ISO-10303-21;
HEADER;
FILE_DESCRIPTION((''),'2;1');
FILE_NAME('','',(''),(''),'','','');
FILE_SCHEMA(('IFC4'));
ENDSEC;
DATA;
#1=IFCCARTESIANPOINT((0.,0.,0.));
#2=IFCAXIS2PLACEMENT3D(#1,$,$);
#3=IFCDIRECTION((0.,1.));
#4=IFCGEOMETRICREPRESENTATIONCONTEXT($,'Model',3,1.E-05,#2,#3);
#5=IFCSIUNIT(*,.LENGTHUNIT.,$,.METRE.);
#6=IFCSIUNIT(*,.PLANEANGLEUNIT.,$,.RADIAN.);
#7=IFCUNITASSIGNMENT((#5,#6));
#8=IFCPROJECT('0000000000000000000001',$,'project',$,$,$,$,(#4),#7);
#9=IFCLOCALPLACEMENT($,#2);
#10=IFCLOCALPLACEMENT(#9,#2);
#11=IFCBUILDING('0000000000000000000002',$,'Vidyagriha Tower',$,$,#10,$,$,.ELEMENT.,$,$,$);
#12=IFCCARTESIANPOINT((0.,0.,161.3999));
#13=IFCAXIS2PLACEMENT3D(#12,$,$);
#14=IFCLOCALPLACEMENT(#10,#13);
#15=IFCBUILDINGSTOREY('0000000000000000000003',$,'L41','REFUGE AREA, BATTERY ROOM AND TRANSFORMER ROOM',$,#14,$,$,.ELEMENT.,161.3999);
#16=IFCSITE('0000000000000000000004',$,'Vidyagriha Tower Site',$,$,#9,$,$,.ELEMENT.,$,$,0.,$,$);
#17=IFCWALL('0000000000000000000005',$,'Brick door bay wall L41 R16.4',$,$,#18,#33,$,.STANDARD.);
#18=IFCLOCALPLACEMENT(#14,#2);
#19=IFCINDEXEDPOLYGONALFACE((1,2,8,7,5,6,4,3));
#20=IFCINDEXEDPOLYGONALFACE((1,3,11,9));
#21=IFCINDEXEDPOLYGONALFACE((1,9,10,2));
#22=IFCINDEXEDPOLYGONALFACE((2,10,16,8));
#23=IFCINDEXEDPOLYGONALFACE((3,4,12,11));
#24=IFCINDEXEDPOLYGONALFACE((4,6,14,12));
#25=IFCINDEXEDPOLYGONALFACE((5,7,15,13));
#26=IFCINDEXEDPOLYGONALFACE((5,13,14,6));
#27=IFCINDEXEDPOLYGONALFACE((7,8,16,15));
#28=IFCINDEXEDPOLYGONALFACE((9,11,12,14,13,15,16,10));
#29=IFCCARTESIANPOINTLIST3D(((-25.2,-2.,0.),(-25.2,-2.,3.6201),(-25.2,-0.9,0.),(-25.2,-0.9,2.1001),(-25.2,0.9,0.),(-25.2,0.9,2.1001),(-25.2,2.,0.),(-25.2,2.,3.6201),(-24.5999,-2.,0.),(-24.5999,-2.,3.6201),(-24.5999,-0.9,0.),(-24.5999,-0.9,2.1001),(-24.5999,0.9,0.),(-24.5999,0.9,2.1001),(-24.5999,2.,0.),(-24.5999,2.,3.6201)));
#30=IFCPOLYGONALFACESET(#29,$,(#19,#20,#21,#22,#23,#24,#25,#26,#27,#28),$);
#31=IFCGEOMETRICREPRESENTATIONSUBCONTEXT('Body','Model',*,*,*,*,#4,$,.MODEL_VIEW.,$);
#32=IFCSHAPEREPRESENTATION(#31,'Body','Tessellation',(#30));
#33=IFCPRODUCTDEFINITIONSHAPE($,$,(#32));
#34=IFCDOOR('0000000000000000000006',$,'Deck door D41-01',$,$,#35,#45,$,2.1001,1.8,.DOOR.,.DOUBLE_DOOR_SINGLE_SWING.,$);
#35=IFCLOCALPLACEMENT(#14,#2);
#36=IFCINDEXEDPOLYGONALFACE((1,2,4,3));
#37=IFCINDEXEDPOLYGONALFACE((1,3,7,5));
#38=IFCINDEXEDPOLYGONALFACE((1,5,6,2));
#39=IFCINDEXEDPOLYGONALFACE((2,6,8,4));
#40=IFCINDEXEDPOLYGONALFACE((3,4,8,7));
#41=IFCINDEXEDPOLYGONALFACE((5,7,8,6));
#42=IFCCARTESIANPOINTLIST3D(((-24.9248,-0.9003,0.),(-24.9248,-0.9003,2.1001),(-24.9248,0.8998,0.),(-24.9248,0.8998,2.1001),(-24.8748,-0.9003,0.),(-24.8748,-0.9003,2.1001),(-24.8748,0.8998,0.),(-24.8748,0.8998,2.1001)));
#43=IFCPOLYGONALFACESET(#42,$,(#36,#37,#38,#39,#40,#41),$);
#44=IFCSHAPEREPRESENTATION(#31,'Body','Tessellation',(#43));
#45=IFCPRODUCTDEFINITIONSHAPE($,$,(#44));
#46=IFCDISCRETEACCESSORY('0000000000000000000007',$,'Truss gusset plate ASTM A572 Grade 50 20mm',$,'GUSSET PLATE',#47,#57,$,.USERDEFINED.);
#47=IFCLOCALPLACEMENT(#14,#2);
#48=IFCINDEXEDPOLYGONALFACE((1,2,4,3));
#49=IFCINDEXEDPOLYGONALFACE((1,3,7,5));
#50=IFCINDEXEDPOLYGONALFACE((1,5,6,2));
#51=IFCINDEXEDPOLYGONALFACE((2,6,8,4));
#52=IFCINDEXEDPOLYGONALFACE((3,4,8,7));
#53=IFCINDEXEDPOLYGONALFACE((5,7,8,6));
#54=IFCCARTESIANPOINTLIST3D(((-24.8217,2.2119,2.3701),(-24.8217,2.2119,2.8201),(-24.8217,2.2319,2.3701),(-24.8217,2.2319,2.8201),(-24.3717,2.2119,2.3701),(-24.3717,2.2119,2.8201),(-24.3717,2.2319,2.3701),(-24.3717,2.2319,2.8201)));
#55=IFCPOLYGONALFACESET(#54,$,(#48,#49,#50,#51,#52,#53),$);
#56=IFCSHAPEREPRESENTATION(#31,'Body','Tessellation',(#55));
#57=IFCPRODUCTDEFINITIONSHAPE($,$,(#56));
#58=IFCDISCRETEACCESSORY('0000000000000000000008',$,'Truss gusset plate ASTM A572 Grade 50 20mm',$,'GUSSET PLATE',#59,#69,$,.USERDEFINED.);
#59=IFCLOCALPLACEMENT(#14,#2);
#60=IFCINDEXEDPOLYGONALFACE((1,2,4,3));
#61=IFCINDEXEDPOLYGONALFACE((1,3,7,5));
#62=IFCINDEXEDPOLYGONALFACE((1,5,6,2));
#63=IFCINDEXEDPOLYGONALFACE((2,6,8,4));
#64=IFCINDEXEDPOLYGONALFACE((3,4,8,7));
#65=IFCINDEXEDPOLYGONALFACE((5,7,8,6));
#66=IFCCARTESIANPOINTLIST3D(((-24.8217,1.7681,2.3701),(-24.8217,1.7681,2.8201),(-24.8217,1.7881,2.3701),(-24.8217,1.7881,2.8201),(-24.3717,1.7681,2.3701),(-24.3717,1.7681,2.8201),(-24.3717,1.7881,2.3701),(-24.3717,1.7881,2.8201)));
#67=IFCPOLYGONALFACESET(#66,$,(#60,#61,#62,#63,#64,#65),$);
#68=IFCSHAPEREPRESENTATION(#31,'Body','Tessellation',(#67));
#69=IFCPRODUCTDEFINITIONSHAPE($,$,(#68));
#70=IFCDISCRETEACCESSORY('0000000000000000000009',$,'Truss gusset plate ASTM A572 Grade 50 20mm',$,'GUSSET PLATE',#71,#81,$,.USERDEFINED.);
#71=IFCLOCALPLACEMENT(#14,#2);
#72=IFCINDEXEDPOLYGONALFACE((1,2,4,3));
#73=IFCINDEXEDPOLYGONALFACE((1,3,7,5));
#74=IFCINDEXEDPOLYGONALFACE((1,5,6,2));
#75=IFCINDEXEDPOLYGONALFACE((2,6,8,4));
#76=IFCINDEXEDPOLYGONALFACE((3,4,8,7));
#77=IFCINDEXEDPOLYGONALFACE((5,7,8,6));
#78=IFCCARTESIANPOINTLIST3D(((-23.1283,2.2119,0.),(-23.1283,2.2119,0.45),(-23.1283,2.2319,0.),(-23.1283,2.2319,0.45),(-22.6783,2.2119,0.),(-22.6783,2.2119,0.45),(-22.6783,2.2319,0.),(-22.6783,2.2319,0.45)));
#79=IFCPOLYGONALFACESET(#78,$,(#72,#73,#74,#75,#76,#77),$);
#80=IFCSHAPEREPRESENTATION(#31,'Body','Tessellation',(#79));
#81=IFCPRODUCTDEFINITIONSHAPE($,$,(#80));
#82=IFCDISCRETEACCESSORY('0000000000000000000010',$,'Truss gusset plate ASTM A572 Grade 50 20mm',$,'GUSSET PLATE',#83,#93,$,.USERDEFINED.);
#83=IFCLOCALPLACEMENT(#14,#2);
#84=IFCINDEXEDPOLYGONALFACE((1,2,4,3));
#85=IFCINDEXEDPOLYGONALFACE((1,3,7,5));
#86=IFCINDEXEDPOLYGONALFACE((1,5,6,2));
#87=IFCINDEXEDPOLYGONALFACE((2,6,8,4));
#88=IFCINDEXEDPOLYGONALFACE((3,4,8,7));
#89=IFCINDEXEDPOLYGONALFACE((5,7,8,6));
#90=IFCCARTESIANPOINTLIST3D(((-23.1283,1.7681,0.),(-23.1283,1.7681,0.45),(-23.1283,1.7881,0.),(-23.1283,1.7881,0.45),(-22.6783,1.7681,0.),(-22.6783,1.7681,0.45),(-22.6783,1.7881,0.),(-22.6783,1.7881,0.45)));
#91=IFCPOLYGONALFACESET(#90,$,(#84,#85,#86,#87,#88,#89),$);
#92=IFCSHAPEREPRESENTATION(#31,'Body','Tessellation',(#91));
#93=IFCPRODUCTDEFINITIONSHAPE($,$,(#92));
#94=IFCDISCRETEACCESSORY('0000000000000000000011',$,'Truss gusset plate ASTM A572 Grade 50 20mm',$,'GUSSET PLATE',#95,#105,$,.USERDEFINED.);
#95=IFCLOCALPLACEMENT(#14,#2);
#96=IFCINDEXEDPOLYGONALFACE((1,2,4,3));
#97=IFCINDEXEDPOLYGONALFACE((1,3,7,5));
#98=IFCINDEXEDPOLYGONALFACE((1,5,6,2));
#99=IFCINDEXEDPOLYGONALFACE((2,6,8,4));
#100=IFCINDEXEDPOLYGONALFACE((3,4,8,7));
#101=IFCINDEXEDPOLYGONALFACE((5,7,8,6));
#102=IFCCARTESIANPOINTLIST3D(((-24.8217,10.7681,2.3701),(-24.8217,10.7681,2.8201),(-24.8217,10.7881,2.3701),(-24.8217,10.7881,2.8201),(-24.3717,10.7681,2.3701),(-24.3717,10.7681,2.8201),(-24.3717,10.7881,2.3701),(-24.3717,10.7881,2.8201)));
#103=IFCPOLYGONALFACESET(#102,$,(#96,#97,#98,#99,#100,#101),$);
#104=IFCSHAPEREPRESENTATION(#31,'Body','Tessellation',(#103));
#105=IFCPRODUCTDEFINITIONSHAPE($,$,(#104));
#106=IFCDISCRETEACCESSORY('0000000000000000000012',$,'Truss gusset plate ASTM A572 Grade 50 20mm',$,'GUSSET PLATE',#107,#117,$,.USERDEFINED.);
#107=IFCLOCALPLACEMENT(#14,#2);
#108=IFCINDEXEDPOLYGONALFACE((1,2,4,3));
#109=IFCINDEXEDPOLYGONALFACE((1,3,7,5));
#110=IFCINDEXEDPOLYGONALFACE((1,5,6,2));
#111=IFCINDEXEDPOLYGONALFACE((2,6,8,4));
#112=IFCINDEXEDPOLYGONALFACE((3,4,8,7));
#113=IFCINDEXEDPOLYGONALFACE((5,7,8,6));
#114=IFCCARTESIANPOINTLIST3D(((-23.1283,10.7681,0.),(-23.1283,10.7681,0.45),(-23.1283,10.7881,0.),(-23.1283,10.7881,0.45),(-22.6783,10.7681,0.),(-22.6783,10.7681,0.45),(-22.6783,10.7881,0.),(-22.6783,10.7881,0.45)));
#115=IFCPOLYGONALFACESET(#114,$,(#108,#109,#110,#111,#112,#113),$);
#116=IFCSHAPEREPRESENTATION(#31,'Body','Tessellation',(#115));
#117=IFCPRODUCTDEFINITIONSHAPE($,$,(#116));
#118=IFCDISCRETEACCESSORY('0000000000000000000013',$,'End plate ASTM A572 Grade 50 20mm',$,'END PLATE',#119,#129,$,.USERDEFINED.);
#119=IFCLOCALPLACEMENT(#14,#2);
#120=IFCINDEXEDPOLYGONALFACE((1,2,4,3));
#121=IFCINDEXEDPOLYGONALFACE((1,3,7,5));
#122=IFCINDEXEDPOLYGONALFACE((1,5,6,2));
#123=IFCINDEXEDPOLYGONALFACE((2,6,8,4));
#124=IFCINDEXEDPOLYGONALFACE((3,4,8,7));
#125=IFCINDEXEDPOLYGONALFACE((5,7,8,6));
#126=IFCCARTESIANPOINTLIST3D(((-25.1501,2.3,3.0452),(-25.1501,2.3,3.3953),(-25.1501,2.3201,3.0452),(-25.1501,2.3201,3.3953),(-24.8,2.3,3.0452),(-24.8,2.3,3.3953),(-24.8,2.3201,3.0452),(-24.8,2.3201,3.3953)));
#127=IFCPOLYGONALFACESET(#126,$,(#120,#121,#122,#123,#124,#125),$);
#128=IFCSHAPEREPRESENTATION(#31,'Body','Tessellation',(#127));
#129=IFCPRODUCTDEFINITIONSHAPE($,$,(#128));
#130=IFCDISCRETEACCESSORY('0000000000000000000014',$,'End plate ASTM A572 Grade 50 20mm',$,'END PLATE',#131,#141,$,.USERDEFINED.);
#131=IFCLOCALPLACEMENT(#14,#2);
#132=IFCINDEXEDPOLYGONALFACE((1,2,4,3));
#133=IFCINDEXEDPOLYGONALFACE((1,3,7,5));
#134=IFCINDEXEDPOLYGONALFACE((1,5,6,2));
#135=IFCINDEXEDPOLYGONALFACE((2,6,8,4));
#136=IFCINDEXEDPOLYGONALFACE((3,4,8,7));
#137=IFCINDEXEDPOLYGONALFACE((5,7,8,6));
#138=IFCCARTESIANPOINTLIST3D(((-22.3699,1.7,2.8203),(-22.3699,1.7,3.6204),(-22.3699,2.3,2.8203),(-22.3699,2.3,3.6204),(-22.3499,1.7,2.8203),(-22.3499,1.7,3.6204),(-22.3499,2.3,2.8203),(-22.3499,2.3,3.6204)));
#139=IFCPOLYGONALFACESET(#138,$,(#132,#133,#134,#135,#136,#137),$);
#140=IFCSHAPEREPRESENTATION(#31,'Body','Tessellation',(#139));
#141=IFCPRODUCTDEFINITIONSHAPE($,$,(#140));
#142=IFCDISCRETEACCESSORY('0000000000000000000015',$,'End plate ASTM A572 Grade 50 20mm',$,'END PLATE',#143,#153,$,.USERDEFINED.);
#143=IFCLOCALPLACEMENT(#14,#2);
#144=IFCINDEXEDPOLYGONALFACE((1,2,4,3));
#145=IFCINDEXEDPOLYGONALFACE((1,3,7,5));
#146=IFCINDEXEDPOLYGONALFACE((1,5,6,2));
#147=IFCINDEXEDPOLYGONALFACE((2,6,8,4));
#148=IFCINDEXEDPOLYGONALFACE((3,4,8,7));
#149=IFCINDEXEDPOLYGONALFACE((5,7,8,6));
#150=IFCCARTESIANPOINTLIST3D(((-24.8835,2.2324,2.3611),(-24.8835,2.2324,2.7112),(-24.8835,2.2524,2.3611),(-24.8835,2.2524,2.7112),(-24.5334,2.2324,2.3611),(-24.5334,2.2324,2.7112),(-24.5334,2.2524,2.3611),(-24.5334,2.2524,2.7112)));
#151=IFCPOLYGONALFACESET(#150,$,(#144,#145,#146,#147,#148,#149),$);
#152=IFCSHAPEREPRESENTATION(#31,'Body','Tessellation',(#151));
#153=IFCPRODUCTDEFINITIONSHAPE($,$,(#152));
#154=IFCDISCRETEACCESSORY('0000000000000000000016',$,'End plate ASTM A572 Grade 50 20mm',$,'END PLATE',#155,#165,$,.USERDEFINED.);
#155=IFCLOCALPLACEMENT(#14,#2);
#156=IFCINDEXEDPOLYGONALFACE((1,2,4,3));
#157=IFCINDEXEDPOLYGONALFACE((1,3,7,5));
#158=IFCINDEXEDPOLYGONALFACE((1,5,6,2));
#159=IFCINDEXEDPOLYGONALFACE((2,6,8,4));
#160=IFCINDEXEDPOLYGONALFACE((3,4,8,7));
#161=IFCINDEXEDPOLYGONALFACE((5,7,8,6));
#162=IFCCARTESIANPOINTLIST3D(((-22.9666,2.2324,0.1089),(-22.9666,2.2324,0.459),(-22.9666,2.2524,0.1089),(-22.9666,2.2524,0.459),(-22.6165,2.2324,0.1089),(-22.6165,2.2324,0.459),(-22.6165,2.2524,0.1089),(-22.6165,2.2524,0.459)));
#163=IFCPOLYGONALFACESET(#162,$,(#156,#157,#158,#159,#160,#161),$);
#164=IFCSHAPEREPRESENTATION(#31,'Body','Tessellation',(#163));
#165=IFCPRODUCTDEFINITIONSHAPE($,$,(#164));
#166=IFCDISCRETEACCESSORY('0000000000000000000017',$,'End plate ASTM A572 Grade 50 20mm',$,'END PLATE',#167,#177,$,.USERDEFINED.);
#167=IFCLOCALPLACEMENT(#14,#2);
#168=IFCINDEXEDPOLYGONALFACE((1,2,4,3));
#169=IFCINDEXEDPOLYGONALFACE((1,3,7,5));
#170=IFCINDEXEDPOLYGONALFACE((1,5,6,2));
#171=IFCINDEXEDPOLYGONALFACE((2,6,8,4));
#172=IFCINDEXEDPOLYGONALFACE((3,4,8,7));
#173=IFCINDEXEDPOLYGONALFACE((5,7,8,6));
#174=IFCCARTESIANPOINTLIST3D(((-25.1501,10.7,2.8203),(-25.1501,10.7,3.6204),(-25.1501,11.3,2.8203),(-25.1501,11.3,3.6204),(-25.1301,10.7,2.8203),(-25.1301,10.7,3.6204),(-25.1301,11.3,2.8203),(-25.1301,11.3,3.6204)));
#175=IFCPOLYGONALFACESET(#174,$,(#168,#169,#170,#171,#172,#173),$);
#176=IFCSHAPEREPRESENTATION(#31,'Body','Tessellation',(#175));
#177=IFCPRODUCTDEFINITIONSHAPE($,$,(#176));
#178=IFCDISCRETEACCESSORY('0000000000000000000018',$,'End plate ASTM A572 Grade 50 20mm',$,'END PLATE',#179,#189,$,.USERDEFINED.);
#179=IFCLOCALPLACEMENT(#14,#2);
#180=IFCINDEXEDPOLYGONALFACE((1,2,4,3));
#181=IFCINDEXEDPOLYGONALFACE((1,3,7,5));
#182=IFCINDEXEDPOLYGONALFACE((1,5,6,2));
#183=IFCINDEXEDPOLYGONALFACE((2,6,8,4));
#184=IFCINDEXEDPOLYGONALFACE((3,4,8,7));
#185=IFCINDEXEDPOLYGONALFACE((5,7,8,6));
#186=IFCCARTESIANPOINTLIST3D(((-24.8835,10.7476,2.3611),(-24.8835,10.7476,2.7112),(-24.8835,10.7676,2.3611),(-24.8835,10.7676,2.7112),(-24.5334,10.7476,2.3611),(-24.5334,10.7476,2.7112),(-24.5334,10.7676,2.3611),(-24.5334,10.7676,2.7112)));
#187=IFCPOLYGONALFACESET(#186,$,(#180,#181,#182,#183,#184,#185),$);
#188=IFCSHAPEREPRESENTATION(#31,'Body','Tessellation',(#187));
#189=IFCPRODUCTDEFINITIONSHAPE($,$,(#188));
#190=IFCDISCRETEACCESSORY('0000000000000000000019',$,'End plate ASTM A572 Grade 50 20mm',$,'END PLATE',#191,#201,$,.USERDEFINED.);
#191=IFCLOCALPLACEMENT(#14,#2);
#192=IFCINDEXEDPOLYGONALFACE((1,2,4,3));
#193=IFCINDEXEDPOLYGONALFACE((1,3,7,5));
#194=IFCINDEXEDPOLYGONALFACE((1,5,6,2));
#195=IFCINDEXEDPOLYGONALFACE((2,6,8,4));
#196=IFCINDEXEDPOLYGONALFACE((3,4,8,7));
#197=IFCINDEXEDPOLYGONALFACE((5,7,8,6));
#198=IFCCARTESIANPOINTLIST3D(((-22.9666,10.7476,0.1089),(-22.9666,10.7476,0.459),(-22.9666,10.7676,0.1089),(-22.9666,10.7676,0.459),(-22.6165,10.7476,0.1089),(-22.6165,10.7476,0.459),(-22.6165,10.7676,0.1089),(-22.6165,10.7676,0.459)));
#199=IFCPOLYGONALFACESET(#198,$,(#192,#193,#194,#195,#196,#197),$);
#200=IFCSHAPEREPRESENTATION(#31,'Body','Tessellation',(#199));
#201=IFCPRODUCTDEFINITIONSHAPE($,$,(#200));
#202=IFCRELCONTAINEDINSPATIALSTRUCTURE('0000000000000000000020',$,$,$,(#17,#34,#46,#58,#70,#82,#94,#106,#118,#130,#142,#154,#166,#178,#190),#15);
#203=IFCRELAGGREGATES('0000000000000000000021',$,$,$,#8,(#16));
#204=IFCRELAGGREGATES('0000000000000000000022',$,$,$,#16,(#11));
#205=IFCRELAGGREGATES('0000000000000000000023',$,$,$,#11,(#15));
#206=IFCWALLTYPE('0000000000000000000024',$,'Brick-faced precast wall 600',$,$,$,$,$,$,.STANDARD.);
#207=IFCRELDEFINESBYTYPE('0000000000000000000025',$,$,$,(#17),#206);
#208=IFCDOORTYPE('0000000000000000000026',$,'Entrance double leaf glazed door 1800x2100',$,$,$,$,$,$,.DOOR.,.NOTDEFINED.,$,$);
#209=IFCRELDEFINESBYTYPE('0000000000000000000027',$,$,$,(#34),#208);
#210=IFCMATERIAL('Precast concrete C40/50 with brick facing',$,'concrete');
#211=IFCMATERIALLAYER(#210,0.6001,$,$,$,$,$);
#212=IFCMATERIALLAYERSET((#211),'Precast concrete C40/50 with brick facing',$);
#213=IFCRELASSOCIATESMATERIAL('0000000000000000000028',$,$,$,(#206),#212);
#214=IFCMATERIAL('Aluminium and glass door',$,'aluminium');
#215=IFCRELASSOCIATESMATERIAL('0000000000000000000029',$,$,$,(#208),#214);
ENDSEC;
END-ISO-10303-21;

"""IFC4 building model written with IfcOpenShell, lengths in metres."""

from ifc_helpers import new_model, si_unit, direction, frame, frame_2d, origin, origin_2d, place, context, subcontext, project, spatial, rectangle, extrude, material, layer, layer_set, type_object, element, fill, save


model = new_model("IFC4")

# Units and contexts
model_context = context("Model", 3, precision=1e-05, world=origin(), true_north=direction((0.0, 1.0)))
body_context = subcontext(model_context, "Body", "Model", "MODEL_VIEW")
ifc_project = project(units=[si_unit("LENGTHUNIT", "METRE"), si_unit("PLANEANGLEUNIT", "RADIAN")], contexts=[model_context])

# Site, building, storey
site_placement = place(None, origin())
site = spatial("IfcSite", under=ifc_project, at=site_placement, Name="Vidyagriha Tower Site", CompositionType="ELEMENT", RefElevation=0.0)
building_placement = place(site_placement, origin())
building = spatial("IfcBuilding", under=site, at=building_placement, Name="Vidyagriha Tower", CompositionType="ELEMENT")
storey_placement = place(building_placement, frame((0.0, 0.0, 161.3999)))
storey = spatial("IfcBuildingStorey", under=building, at=storey_placement, Name="L41", Description="REFUGE AREA, BATTERY ROOM AND TRANSFORMER ROOM", CompositionType="ELEMENT", Elevation=161.3999)

# Wall, opening, door
ifc_material_1 = material(Name="Precast concrete C40/50 with brick facing", Category="concrete")
ifc_layer_1 = layer(ifc_material_1, 0.6001)
ifc_layer_set_1 = layer_set([ifc_layer_1], Name="Precast concrete C40/50 with brick facing")
wall_type = type_object("IfcWallType", Name="Brick-faced precast wall 600", PredefinedType="STANDARD", material=ifc_layer_set_1)
wall_placement = place(storey_placement, frame((-24.8999, 2.0, 0.0), z_axis=(0.0, 0.0, 1.0), x_axis=(0.0, -1.0, 0.0)))
wall = element("IfcWall", 1, at=wall_placement, inside=storey, type_object=wall_type, Name="Brick door bay wall L41 R16.4", PredefinedType="STANDARD", context=body_context, shape_type="SweptSolid", body=[
    extrude(rectangle(XDim=4.0, YDim=0.6001, at=frame_2d((2.0, 0.0))), origin(), (0.0, 0.0, 1.0), 3.6201),
])
opening_placement = place(wall_placement, frame((1.1001, 0.0, 0.0)))
opening = element("IfcOpeningElement", 2, at=opening_placement, cuts=wall, PredefinedType="OPENING", context=body_context, shape_type="SweptSolid", body=[
    extrude(rectangle(XDim=1.8, YDim=2.1001, at=frame_2d((0.8999, 1.05))), frame((0.0, 0.3101, 0.0), z_axis=(0.0, -1.0, 0.0), x_axis=(1.0, 0.0, 0.0)), (0.0, 0.0, 1.0), 0.6201),
])
ifc_material_2 = material(Name="Aluminium and glass door", Category="aluminium")
door_type = type_object("IfcDoorType", Name="Entrance double leaf glazed door 1800x2100", OperationType="NOTDEFINED", PredefinedType="DOOR", material=ifc_material_2)
door_placement = place(opening_placement, frame((1.8, 0.0, 0.0), z_axis=(0.0, 0.0, 1.0), x_axis=(-1.0, 0.0, 0.0)))
door = element("IfcDoor", 3, at=door_placement, inside=storey, type_object=door_type, Name="Deck door D41-01", OperationType="DOUBLE_DOOR_SINGLE_SWING", OverallHeight=2.1001, OverallWidth=1.8, PredefinedType="DOOR", context=body_context, shape_type="SweptSolid", body=[
    extrude(rectangle(XDim=1.8, YDim=2.1001, at=frame_2d((0.8999, 1.05))), frame((0.0, 0.0249, 0.0), z_axis=(0.0, -1.0, 0.0), x_axis=(1.0, 0.0, 0.0)), (0.0, 0.0, 1.0), 0.05),
])
fill(opening, door)

# Discrete accessories
for number, where, name in (
    (4, (-24.5967, 2.2219, 2.3701), "Truss gusset plate ASTM A572 Grade 50 20mm"),
    (5, (-24.5967, 1.7781, 2.3701), "Truss gusset plate ASTM A572 Grade 50 20mm"),
    (6, (-22.9033, 2.2219, 0.0), "Truss gusset plate ASTM A572 Grade 50 20mm"),
    (7, (-22.9033, 1.7781, 0.0), "Truss gusset plate ASTM A572 Grade 50 20mm"),
    (8, (-24.5967, 10.7781, 2.3701), "Truss gusset plate ASTM A572 Grade 50 20mm"),
    (9, (-22.9033, 10.7781, 0.0), "Truss gusset plate ASTM A572 Grade 50 20mm"),
):
    element("IfcDiscreteAccessory", number, at=place(storey_placement, frame(where)), inside=storey, Name=name, ObjectType="GUSSET PLATE", PredefinedType="USERDEFINED", context=body_context, shape_type="SweptSolid", body=[
        extrude(rectangle(XDim=0.45, YDim=0.02, at=origin_2d()), origin(), (0.0, 0.0, 1.0), 0.45),
    ])
discrete_accessory_1_placement = place(storey_placement, frame((-24.9751, 2.3101, 3.0452), z_axis=(0.0, 0.0, 1.0), x_axis=(-1.0, 0.0, 0.0)))
element("IfcDiscreteAccessory", 10, at=discrete_accessory_1_placement, inside=storey, Name="End plate ASTM A572 Grade 50 20mm", ObjectType="END PLATE", PredefinedType="USERDEFINED", context=body_context, shape_type="SweptSolid", body=[
    extrude(rectangle(XDim=0.3501, YDim=0.02, at=origin_2d()), origin(), (0.0, 0.0, 1.0), 0.3501),
])
discrete_accessory_2_placement = place(storey_placement, frame((-22.3599, 2.0, 2.8203)))
element("IfcDiscreteAccessory", 11, at=discrete_accessory_2_placement, inside=storey, Name="End plate ASTM A572 Grade 50 20mm", ObjectType="END PLATE", PredefinedType="USERDEFINED", context=body_context, shape_type="SweptSolid", body=[
    extrude(rectangle(XDim=0.02, YDim=0.6001, at=origin_2d()), origin(), (0.0, 0.0, 1.0), 0.8),
])
discrete_accessory_3_placement = place(storey_placement, frame((-24.7085, 2.2424, 2.3611), z_axis=(0.0, 0.0, 1.0), x_axis=(-1.0, 0.0, 0.0)))
element("IfcDiscreteAccessory", 12, at=discrete_accessory_3_placement, inside=storey, Name="End plate ASTM A572 Grade 50 20mm", ObjectType="END PLATE", PredefinedType="USERDEFINED", context=body_context, shape_type="SweptSolid", body=[
    extrude(rectangle(XDim=0.3501, YDim=0.02, at=origin_2d()), origin(), (0.0, 0.0, 1.0), 0.3501),
])
discrete_accessory_4_placement = place(storey_placement, frame((-22.7915, 2.2424, 0.1089)))
element("IfcDiscreteAccessory", 13, at=discrete_accessory_4_placement, inside=storey, Name="End plate ASTM A572 Grade 50 20mm", ObjectType="END PLATE", PredefinedType="USERDEFINED", context=body_context, shape_type="SweptSolid", body=[
    extrude(rectangle(XDim=0.3501, YDim=0.02, at=origin_2d()), origin(), (0.0, 0.0, 1.0), 0.3501),
])
discrete_accessory_5_placement = place(storey_placement, frame((-25.1401, 11.0, 2.8203), z_axis=(0.0, 0.0, 1.0), x_axis=(-1.0, 0.0, 0.0)))
element("IfcDiscreteAccessory", 14, at=discrete_accessory_5_placement, inside=storey, Name="End plate ASTM A572 Grade 50 20mm", ObjectType="END PLATE", PredefinedType="USERDEFINED", context=body_context, shape_type="SweptSolid", body=[
    extrude(rectangle(XDim=0.02, YDim=0.6001, at=origin_2d()), origin(), (0.0, 0.0, 1.0), 0.8),
])
discrete_accessory_6_placement = place(storey_placement, frame((-24.7085, 10.7576, 2.3611), z_axis=(0.0, 0.0, 1.0), x_axis=(-1.0, 0.0, 0.0)))
element("IfcDiscreteAccessory", 15, at=discrete_accessory_6_placement, inside=storey, Name="End plate ASTM A572 Grade 50 20mm", ObjectType="END PLATE", PredefinedType="USERDEFINED", context=body_context, shape_type="SweptSolid", body=[
    extrude(rectangle(XDim=0.3501, YDim=0.02, at=origin_2d()), origin(), (0.0, 0.0, 1.0), 0.3501),
])
discrete_accessory_7_placement = place(storey_placement, frame((-22.7915, 10.7576, 0.1089)))
element("IfcDiscreteAccessory", 16, at=discrete_accessory_7_placement, inside=storey, Name="End plate ASTM A572 Grade 50 20mm", ObjectType="END PLATE", PredefinedType="USERDEFINED", context=body_context, shape_type="SweptSolid", body=[
    extrude(rectangle(XDim=0.3501, YDim=0.02, at=origin_2d()), origin(), (0.0, 0.0, 1.0), 0.3501),
])

save(model, "model.ifc")
